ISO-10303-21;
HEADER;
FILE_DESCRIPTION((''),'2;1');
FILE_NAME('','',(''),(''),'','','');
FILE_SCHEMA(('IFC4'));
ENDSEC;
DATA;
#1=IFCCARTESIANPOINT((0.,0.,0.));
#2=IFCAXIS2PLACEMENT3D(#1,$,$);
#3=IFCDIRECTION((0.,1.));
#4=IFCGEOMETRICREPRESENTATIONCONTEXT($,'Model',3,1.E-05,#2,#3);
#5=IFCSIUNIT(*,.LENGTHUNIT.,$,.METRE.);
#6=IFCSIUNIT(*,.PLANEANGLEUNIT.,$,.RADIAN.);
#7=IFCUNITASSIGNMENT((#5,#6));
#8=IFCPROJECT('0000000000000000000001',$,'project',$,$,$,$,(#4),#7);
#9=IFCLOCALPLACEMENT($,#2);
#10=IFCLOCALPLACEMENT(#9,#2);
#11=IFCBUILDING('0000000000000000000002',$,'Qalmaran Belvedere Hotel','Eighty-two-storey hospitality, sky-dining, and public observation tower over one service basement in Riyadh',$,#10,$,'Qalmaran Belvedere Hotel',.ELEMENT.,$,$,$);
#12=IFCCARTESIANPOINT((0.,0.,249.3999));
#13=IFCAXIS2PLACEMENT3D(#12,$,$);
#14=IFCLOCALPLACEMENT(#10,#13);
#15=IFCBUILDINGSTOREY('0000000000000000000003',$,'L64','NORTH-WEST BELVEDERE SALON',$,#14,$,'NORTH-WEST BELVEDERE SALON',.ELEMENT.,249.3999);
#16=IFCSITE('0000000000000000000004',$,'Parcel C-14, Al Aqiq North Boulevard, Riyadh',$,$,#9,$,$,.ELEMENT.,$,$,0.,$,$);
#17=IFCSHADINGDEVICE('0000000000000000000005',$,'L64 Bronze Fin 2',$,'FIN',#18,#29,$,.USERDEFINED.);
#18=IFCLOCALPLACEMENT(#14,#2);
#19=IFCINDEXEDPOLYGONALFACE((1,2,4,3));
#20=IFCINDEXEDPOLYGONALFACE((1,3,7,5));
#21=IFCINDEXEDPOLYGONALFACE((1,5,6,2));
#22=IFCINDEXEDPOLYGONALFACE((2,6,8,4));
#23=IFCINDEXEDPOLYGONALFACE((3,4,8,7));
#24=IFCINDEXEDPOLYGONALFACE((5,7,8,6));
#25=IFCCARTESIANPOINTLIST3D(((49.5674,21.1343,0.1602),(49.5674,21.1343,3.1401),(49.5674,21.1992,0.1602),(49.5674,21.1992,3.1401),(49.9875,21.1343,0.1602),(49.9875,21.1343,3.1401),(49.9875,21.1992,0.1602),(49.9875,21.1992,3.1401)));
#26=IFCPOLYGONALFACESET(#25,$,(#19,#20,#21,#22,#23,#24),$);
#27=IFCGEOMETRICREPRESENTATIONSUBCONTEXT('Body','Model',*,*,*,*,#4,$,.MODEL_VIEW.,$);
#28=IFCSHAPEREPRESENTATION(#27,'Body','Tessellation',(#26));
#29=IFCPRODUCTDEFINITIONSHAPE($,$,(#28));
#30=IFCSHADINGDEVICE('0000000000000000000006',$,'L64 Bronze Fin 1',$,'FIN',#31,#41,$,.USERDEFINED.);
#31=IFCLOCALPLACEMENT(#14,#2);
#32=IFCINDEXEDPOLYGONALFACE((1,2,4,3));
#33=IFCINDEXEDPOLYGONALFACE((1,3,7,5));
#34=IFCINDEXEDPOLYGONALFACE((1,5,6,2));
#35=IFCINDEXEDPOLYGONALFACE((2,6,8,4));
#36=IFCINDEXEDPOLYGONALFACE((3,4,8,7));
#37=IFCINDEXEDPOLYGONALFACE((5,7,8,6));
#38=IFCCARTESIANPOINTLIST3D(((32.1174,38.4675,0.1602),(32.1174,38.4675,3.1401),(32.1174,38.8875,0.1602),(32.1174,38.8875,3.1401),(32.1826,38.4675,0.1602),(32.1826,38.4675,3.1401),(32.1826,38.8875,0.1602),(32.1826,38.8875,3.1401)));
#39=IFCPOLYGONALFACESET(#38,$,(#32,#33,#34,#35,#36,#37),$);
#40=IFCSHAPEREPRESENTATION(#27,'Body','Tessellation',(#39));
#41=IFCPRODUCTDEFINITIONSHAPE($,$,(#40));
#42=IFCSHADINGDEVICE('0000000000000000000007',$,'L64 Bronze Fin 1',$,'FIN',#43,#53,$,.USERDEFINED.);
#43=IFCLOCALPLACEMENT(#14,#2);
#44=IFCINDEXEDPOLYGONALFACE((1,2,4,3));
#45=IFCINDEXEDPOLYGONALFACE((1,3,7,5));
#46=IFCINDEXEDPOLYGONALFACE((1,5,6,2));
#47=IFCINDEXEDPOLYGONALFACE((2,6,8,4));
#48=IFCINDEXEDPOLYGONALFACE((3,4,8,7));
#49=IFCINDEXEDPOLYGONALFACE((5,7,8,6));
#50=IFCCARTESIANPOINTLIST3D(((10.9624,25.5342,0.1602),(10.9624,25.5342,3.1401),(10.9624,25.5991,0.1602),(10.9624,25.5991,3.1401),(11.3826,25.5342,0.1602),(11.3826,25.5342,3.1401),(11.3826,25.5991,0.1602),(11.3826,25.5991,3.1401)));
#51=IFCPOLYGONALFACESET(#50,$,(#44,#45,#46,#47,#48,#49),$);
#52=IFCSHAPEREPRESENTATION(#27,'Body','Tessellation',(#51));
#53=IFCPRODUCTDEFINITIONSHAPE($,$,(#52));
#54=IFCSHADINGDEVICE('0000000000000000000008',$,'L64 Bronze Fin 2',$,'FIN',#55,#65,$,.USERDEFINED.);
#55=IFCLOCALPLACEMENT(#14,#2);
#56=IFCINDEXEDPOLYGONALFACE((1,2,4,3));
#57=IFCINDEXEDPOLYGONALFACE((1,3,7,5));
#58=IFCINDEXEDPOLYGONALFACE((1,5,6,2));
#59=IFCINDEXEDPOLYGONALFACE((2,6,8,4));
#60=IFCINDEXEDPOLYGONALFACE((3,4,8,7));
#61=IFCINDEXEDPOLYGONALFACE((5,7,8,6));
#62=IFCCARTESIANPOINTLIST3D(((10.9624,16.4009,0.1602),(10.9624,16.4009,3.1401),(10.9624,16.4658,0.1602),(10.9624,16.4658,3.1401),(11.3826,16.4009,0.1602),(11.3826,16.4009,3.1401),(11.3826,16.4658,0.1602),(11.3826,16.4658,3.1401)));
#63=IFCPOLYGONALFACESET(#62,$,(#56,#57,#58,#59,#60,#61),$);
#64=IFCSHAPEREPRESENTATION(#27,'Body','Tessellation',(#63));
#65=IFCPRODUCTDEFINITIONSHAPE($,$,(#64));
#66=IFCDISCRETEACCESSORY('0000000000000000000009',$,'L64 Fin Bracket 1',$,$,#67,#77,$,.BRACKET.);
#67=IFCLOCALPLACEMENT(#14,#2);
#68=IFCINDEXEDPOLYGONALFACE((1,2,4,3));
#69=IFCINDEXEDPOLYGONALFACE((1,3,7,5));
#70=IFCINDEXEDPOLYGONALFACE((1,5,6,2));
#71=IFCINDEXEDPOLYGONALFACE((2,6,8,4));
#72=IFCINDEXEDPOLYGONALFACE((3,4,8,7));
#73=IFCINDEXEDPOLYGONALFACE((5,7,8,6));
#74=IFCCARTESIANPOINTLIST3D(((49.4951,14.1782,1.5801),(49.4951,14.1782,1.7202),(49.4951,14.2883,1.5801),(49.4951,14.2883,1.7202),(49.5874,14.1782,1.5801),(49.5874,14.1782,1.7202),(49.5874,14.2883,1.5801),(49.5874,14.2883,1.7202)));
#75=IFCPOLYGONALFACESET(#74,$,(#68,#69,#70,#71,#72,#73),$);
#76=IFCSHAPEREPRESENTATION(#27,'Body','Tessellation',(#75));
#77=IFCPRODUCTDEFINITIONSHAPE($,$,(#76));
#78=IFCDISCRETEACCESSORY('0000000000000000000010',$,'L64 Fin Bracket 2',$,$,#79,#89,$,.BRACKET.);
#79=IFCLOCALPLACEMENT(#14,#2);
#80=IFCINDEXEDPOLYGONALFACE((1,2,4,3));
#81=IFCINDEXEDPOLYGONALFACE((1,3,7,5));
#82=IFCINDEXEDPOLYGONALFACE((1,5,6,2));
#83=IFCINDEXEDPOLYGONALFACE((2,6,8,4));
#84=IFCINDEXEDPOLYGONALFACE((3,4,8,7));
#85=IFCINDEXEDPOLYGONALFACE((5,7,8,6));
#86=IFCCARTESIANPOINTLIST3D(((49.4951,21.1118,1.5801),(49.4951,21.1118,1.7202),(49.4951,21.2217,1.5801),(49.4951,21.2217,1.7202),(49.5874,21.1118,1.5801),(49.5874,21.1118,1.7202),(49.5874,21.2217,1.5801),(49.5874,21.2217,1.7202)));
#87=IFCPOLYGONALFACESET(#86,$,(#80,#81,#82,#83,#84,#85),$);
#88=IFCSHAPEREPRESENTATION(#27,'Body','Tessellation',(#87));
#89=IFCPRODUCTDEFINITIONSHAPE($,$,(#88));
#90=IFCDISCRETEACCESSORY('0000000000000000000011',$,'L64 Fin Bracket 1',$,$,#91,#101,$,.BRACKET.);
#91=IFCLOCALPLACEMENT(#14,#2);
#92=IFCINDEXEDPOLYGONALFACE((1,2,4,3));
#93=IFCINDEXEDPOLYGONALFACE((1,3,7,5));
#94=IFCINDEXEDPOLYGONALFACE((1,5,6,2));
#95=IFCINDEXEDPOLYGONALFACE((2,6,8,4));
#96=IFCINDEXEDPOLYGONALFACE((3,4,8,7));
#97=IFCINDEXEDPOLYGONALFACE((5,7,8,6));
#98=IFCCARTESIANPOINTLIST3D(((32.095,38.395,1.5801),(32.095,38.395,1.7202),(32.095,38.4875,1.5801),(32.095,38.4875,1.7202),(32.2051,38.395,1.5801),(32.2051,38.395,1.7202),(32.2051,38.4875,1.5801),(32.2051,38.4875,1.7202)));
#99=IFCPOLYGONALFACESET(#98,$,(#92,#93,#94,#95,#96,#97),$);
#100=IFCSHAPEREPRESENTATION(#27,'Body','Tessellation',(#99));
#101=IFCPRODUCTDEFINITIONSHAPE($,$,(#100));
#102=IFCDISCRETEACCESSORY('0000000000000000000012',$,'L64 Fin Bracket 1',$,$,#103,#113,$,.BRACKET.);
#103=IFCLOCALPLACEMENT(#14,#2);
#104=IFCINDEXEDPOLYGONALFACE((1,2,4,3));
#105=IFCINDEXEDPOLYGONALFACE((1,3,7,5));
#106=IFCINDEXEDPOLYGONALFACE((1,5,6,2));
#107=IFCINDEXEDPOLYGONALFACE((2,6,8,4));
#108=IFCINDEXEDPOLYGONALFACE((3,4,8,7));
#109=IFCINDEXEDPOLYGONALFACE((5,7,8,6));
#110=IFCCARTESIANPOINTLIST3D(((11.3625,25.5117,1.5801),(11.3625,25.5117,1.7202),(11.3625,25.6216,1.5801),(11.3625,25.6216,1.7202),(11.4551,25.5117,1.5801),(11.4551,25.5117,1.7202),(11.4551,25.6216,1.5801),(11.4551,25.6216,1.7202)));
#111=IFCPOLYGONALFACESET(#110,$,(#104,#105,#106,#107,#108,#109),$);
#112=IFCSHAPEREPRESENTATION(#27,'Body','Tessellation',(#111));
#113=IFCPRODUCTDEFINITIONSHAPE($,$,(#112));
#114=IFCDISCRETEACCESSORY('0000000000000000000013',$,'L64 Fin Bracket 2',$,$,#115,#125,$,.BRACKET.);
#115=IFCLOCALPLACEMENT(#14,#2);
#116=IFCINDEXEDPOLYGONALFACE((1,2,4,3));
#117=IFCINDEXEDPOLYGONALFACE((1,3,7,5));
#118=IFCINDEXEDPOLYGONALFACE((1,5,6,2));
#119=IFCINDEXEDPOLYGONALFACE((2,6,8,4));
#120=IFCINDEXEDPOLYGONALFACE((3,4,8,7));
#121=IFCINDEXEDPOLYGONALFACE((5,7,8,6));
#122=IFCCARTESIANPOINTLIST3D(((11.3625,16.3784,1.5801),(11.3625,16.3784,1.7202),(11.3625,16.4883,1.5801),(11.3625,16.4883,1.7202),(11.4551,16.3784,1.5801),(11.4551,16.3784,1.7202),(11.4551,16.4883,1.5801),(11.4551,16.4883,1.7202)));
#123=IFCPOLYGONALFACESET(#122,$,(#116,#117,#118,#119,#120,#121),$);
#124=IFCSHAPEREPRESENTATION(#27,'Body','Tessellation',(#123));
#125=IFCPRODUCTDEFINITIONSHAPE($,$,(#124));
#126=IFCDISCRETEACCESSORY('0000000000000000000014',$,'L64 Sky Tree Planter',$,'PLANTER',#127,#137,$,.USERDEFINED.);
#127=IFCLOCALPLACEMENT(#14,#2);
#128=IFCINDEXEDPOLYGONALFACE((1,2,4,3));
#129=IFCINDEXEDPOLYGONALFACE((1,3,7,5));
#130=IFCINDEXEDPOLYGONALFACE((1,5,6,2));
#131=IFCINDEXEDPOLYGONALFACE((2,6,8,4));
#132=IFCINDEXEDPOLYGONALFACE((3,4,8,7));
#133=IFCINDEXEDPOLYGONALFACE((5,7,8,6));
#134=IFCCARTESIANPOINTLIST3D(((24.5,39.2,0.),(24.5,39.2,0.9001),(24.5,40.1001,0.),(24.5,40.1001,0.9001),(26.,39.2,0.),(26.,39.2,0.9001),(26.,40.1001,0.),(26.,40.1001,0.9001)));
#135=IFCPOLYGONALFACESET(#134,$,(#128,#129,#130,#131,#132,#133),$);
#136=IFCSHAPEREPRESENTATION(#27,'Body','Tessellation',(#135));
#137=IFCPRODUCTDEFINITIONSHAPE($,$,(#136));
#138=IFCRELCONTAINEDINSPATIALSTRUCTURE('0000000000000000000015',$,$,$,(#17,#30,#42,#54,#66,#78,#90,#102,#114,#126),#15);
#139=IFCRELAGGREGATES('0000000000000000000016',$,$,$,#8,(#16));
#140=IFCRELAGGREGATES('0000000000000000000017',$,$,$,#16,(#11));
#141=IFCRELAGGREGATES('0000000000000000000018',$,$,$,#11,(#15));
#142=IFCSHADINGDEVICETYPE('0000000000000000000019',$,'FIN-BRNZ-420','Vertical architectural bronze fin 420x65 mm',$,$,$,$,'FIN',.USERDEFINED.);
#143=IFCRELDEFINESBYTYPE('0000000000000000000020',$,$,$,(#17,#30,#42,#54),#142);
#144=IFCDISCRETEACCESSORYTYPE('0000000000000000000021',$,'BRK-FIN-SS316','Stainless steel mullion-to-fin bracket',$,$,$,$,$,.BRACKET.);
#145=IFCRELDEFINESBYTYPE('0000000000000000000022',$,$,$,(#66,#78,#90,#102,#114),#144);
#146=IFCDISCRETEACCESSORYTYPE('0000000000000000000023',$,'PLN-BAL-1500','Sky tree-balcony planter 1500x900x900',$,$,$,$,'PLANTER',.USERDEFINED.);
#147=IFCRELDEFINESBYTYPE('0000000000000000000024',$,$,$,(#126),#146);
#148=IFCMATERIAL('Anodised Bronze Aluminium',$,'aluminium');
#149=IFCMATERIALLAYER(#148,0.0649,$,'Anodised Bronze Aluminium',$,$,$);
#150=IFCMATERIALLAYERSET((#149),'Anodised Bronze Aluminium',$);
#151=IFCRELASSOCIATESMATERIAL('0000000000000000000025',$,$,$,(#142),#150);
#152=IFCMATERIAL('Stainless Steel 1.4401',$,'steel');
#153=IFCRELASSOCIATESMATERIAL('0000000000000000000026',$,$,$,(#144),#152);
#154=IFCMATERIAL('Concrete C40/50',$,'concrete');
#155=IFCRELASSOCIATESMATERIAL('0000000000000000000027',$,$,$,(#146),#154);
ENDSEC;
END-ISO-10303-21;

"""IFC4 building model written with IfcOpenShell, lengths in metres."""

from ifc_helpers import new_model, si_unit, direction, frame, origin, place, context, subcontext, project, spatial, polyline, outline, extrude, material, layer, layer_set, type_object, element, save


model = new_model("IFC4")

# Units and contexts
model_context = context("Model", 3, precision=1e-05, world=origin(), true_north=direction((0.0, 1.0)))
body_context = subcontext(model_context, "Body", "Model", "MODEL_VIEW")
ifc_project = project(units=[si_unit("LENGTHUNIT", "METRE"), si_unit("PLANEANGLEUNIT", "RADIAN")], contexts=[model_context])

# Site, building, storey
site_placement = place(None, origin())
site = spatial("IfcSite", under=ifc_project, at=site_placement, Name="Parcel C-14, Al Aqiq North Boulevard, Riyadh", CompositionType="ELEMENT", RefElevation=0.0)
building_placement = place(site_placement, origin())
building = spatial("IfcBuilding", under=site, at=building_placement, Name="Qalmaran Belvedere Hotel", Description="Eighty-two-storey hospitality, sky-dining, and public observation tower over one service basement in Riyadh", LongName="Qalmaran Belvedere Hotel", CompositionType="ELEMENT")
storey_placement = place(building_placement, frame((0.0, 0.0, 249.3999)))
storey = spatial("IfcBuildingStorey", under=building, at=storey_placement, Name="L64", Description="NORTH-WEST BELVEDERE SALON", LongName="NORTH-WEST BELVEDERE SALON", CompositionType="ELEMENT", Elevation=249.3999)

# Shared definitions
ifc_material_1 = material(Name="Anodised Bronze Aluminium", Category="aluminium")

# Shared definitions
ifc_material_2 = material(Name="Concrete C40/50", Category="concrete")

# Shading devices
ifc_layer_1 = layer(ifc_material_1, 0.0649, Name="Anodised Bronze Aluminium")
ifc_layer_set_1 = layer_set([ifc_layer_1], Name="Anodised Bronze Aluminium")
shading_device_type = type_object("IfcShadingDeviceType", Name="FIN-BRNZ-420", Description="Vertical architectural bronze fin 420x65 mm", ElementType="FIN", PredefinedType="USERDEFINED", material=ifc_layer_set_1)
shading_device_1_placement = place(storey_placement, frame((0.0, 0.0, 0.1602)))
element("IfcShadingDevice", 1, at=shading_device_1_placement, inside=storey, type_object=shading_device_type, Name="L64 Bronze Fin 2", ObjectType="FIN", PredefinedType="USERDEFINED", context=body_context, shape_type="SweptSolid", body=[
    extrude(outline(polyline([(49.5674, 21.1343), (49.9875, 21.1343), (49.9875, 21.1992), (49.5674, 21.1992), (49.5674, 21.1343)])), origin(), (0.0, 0.0, 1.0), 2.98),
])
shading_device_2_placement = place(storey_placement, frame((0.0, 0.0, 0.1602)))
element("IfcShadingDevice", 2, at=shading_device_2_placement, inside=storey, type_object=shading_device_type, Name="L64 Bronze Fin 1", ObjectType="FIN", PredefinedType="USERDEFINED", context=body_context, shape_type="SweptSolid", body=[
    extrude(outline(polyline([(32.1826, 38.4675), (32.1826, 38.8875), (32.1174, 38.8875), (32.1174, 38.4675), (32.1826, 38.4675)])), origin(), (0.0, 0.0, 1.0), 2.98),
])
shading_device_3_placement = place(storey_placement, frame((0.0, 0.0, 0.1602)))
element("IfcShadingDevice", 3, at=shading_device_3_placement, inside=storey, type_object=shading_device_type, Name="L64 Bronze Fin 1", ObjectType="FIN", PredefinedType="USERDEFINED", context=body_context, shape_type="SweptSolid", body=[
    extrude(outline(polyline([(11.3826, 25.5991), (10.9624, 25.5991), (10.9624, 25.5342), (11.3826, 25.5342), (11.3826, 25.5991)])), origin(), (0.0, 0.0, 1.0), 2.98),
])
shading_device_4_placement = place(storey_placement, frame((0.0, 0.0, 0.1602)))
element("IfcShadingDevice", 4, at=shading_device_4_placement, inside=storey, type_object=shading_device_type, Name="L64 Bronze Fin 2", ObjectType="FIN", PredefinedType="USERDEFINED", context=body_context, shape_type="SweptSolid", body=[
    extrude(outline(polyline([(11.3826, 16.4658), (10.9624, 16.4658), (10.9624, 16.4009), (11.3826, 16.4009), (11.3826, 16.4658)])), origin(), (0.0, 0.0, 1.0), 2.98),
])

# Discrete accessories
ifc_material_3 = material(Name="Stainless Steel 1.4401", Category="steel")
discrete_accessory_type_1 = type_object("IfcDiscreteAccessoryType", Name="BRK-FIN-SS316", Description="Stainless steel mullion-to-fin bracket", PredefinedType="BRACKET", material=ifc_material_3)
discrete_accessory_1_placement = place(storey_placement, frame((0.0, 0.0, 1.5801)))
element("IfcDiscreteAccessory", 5, at=discrete_accessory_1_placement, inside=storey, type_object=discrete_accessory_type_1, Name="L64 Fin Bracket 1", PredefinedType="BRACKET", context=body_context, shape_type="SweptSolid", body=[
    extrude(outline(polyline([(49.4951, 14.1782), (49.5874, 14.1782), (49.5874, 14.2883), (49.4951, 14.2883), (49.4951, 14.1782)])), origin(), (0.0, 0.0, 1.0), 0.1401),
])
discrete_accessory_2_placement = place(storey_placement, frame((0.0, 0.0, 1.5801)))
element("IfcDiscreteAccessory", 6, at=discrete_accessory_2_placement, inside=storey, type_object=discrete_accessory_type_1, Name="L64 Fin Bracket 2", PredefinedType="BRACKET", context=body_context, shape_type="SweptSolid", body=[
    extrude(outline(polyline([(49.4951, 21.1118), (49.5874, 21.1118), (49.5874, 21.2217), (49.4951, 21.2217), (49.4951, 21.1118)])), origin(), (0.0, 0.0, 1.0), 0.1401),
])
discrete_accessory_3_placement = place(storey_placement, frame((0.0, 0.0, 1.5801)))
element("IfcDiscreteAccessory", 7, at=discrete_accessory_3_placement, inside=storey, type_object=discrete_accessory_type_1, Name="L64 Fin Bracket 1", PredefinedType="BRACKET", context=body_context, shape_type="SweptSolid", body=[
    extrude(outline(polyline([(32.2051, 38.395), (32.2051, 38.4875), (32.095, 38.4875), (32.095, 38.395), (32.2051, 38.395)])), origin(), (0.0, 0.0, 1.0), 0.1401),
])
discrete_accessory_4_placement = place(storey_placement, frame((0.0, 0.0, 1.5801)))
element("IfcDiscreteAccessory", 8, at=discrete_accessory_4_placement, inside=storey, type_object=discrete_accessory_type_1, Name="L64 Fin Bracket 1", PredefinedType="BRACKET", context=body_context, shape_type="SweptSolid", body=[
    extrude(outline(polyline([(11.4551, 25.6216), (11.3625, 25.6216), (11.3625, 25.5117), (11.4551, 25.5117), (11.4551, 25.6216)])), origin(), (0.0, 0.0, 1.0), 0.1401),
])
discrete_accessory_5_placement = place(storey_placement, frame((0.0, 0.0, 1.5801)))
element("IfcDiscreteAccessory", 9, at=discrete_accessory_5_placement, inside=storey, type_object=discrete_accessory_type_1, Name="L64 Fin Bracket 2", PredefinedType="BRACKET", context=body_context, shape_type="SweptSolid", body=[
    extrude(outline(polyline([(11.4551, 16.4883), (11.3625, 16.4883), (11.3625, 16.3784), (11.4551, 16.3784), (11.4551, 16.4883)])), origin(), (0.0, 0.0, 1.0), 0.1401),
])
discrete_accessory_type_2 = type_object("IfcDiscreteAccessoryType", Name="PLN-BAL-1500", Description="Sky tree-balcony planter 1500x900x900", ElementType="PLANTER", PredefinedType="USERDEFINED", material=ifc_material_2)
discrete_accessory_6_placement = place(storey_placement, origin())
element("IfcDiscreteAccessory", 10, at=discrete_accessory_6_placement, inside=storey, type_object=discrete_accessory_type_2, Name="L64 Sky Tree Planter", ObjectType="PLANTER", PredefinedType="USERDEFINED", context=body_context, shape_type="SweptSolid", body=[
    extrude(outline(polyline([(24.5, 39.2), (26.0, 39.2), (26.0, 40.1001), (24.5, 40.1001), (24.5, 39.2)])), origin(), (0.0, 0.0, 1.0), 0.9001),
])

save(model, "model.ifc")
